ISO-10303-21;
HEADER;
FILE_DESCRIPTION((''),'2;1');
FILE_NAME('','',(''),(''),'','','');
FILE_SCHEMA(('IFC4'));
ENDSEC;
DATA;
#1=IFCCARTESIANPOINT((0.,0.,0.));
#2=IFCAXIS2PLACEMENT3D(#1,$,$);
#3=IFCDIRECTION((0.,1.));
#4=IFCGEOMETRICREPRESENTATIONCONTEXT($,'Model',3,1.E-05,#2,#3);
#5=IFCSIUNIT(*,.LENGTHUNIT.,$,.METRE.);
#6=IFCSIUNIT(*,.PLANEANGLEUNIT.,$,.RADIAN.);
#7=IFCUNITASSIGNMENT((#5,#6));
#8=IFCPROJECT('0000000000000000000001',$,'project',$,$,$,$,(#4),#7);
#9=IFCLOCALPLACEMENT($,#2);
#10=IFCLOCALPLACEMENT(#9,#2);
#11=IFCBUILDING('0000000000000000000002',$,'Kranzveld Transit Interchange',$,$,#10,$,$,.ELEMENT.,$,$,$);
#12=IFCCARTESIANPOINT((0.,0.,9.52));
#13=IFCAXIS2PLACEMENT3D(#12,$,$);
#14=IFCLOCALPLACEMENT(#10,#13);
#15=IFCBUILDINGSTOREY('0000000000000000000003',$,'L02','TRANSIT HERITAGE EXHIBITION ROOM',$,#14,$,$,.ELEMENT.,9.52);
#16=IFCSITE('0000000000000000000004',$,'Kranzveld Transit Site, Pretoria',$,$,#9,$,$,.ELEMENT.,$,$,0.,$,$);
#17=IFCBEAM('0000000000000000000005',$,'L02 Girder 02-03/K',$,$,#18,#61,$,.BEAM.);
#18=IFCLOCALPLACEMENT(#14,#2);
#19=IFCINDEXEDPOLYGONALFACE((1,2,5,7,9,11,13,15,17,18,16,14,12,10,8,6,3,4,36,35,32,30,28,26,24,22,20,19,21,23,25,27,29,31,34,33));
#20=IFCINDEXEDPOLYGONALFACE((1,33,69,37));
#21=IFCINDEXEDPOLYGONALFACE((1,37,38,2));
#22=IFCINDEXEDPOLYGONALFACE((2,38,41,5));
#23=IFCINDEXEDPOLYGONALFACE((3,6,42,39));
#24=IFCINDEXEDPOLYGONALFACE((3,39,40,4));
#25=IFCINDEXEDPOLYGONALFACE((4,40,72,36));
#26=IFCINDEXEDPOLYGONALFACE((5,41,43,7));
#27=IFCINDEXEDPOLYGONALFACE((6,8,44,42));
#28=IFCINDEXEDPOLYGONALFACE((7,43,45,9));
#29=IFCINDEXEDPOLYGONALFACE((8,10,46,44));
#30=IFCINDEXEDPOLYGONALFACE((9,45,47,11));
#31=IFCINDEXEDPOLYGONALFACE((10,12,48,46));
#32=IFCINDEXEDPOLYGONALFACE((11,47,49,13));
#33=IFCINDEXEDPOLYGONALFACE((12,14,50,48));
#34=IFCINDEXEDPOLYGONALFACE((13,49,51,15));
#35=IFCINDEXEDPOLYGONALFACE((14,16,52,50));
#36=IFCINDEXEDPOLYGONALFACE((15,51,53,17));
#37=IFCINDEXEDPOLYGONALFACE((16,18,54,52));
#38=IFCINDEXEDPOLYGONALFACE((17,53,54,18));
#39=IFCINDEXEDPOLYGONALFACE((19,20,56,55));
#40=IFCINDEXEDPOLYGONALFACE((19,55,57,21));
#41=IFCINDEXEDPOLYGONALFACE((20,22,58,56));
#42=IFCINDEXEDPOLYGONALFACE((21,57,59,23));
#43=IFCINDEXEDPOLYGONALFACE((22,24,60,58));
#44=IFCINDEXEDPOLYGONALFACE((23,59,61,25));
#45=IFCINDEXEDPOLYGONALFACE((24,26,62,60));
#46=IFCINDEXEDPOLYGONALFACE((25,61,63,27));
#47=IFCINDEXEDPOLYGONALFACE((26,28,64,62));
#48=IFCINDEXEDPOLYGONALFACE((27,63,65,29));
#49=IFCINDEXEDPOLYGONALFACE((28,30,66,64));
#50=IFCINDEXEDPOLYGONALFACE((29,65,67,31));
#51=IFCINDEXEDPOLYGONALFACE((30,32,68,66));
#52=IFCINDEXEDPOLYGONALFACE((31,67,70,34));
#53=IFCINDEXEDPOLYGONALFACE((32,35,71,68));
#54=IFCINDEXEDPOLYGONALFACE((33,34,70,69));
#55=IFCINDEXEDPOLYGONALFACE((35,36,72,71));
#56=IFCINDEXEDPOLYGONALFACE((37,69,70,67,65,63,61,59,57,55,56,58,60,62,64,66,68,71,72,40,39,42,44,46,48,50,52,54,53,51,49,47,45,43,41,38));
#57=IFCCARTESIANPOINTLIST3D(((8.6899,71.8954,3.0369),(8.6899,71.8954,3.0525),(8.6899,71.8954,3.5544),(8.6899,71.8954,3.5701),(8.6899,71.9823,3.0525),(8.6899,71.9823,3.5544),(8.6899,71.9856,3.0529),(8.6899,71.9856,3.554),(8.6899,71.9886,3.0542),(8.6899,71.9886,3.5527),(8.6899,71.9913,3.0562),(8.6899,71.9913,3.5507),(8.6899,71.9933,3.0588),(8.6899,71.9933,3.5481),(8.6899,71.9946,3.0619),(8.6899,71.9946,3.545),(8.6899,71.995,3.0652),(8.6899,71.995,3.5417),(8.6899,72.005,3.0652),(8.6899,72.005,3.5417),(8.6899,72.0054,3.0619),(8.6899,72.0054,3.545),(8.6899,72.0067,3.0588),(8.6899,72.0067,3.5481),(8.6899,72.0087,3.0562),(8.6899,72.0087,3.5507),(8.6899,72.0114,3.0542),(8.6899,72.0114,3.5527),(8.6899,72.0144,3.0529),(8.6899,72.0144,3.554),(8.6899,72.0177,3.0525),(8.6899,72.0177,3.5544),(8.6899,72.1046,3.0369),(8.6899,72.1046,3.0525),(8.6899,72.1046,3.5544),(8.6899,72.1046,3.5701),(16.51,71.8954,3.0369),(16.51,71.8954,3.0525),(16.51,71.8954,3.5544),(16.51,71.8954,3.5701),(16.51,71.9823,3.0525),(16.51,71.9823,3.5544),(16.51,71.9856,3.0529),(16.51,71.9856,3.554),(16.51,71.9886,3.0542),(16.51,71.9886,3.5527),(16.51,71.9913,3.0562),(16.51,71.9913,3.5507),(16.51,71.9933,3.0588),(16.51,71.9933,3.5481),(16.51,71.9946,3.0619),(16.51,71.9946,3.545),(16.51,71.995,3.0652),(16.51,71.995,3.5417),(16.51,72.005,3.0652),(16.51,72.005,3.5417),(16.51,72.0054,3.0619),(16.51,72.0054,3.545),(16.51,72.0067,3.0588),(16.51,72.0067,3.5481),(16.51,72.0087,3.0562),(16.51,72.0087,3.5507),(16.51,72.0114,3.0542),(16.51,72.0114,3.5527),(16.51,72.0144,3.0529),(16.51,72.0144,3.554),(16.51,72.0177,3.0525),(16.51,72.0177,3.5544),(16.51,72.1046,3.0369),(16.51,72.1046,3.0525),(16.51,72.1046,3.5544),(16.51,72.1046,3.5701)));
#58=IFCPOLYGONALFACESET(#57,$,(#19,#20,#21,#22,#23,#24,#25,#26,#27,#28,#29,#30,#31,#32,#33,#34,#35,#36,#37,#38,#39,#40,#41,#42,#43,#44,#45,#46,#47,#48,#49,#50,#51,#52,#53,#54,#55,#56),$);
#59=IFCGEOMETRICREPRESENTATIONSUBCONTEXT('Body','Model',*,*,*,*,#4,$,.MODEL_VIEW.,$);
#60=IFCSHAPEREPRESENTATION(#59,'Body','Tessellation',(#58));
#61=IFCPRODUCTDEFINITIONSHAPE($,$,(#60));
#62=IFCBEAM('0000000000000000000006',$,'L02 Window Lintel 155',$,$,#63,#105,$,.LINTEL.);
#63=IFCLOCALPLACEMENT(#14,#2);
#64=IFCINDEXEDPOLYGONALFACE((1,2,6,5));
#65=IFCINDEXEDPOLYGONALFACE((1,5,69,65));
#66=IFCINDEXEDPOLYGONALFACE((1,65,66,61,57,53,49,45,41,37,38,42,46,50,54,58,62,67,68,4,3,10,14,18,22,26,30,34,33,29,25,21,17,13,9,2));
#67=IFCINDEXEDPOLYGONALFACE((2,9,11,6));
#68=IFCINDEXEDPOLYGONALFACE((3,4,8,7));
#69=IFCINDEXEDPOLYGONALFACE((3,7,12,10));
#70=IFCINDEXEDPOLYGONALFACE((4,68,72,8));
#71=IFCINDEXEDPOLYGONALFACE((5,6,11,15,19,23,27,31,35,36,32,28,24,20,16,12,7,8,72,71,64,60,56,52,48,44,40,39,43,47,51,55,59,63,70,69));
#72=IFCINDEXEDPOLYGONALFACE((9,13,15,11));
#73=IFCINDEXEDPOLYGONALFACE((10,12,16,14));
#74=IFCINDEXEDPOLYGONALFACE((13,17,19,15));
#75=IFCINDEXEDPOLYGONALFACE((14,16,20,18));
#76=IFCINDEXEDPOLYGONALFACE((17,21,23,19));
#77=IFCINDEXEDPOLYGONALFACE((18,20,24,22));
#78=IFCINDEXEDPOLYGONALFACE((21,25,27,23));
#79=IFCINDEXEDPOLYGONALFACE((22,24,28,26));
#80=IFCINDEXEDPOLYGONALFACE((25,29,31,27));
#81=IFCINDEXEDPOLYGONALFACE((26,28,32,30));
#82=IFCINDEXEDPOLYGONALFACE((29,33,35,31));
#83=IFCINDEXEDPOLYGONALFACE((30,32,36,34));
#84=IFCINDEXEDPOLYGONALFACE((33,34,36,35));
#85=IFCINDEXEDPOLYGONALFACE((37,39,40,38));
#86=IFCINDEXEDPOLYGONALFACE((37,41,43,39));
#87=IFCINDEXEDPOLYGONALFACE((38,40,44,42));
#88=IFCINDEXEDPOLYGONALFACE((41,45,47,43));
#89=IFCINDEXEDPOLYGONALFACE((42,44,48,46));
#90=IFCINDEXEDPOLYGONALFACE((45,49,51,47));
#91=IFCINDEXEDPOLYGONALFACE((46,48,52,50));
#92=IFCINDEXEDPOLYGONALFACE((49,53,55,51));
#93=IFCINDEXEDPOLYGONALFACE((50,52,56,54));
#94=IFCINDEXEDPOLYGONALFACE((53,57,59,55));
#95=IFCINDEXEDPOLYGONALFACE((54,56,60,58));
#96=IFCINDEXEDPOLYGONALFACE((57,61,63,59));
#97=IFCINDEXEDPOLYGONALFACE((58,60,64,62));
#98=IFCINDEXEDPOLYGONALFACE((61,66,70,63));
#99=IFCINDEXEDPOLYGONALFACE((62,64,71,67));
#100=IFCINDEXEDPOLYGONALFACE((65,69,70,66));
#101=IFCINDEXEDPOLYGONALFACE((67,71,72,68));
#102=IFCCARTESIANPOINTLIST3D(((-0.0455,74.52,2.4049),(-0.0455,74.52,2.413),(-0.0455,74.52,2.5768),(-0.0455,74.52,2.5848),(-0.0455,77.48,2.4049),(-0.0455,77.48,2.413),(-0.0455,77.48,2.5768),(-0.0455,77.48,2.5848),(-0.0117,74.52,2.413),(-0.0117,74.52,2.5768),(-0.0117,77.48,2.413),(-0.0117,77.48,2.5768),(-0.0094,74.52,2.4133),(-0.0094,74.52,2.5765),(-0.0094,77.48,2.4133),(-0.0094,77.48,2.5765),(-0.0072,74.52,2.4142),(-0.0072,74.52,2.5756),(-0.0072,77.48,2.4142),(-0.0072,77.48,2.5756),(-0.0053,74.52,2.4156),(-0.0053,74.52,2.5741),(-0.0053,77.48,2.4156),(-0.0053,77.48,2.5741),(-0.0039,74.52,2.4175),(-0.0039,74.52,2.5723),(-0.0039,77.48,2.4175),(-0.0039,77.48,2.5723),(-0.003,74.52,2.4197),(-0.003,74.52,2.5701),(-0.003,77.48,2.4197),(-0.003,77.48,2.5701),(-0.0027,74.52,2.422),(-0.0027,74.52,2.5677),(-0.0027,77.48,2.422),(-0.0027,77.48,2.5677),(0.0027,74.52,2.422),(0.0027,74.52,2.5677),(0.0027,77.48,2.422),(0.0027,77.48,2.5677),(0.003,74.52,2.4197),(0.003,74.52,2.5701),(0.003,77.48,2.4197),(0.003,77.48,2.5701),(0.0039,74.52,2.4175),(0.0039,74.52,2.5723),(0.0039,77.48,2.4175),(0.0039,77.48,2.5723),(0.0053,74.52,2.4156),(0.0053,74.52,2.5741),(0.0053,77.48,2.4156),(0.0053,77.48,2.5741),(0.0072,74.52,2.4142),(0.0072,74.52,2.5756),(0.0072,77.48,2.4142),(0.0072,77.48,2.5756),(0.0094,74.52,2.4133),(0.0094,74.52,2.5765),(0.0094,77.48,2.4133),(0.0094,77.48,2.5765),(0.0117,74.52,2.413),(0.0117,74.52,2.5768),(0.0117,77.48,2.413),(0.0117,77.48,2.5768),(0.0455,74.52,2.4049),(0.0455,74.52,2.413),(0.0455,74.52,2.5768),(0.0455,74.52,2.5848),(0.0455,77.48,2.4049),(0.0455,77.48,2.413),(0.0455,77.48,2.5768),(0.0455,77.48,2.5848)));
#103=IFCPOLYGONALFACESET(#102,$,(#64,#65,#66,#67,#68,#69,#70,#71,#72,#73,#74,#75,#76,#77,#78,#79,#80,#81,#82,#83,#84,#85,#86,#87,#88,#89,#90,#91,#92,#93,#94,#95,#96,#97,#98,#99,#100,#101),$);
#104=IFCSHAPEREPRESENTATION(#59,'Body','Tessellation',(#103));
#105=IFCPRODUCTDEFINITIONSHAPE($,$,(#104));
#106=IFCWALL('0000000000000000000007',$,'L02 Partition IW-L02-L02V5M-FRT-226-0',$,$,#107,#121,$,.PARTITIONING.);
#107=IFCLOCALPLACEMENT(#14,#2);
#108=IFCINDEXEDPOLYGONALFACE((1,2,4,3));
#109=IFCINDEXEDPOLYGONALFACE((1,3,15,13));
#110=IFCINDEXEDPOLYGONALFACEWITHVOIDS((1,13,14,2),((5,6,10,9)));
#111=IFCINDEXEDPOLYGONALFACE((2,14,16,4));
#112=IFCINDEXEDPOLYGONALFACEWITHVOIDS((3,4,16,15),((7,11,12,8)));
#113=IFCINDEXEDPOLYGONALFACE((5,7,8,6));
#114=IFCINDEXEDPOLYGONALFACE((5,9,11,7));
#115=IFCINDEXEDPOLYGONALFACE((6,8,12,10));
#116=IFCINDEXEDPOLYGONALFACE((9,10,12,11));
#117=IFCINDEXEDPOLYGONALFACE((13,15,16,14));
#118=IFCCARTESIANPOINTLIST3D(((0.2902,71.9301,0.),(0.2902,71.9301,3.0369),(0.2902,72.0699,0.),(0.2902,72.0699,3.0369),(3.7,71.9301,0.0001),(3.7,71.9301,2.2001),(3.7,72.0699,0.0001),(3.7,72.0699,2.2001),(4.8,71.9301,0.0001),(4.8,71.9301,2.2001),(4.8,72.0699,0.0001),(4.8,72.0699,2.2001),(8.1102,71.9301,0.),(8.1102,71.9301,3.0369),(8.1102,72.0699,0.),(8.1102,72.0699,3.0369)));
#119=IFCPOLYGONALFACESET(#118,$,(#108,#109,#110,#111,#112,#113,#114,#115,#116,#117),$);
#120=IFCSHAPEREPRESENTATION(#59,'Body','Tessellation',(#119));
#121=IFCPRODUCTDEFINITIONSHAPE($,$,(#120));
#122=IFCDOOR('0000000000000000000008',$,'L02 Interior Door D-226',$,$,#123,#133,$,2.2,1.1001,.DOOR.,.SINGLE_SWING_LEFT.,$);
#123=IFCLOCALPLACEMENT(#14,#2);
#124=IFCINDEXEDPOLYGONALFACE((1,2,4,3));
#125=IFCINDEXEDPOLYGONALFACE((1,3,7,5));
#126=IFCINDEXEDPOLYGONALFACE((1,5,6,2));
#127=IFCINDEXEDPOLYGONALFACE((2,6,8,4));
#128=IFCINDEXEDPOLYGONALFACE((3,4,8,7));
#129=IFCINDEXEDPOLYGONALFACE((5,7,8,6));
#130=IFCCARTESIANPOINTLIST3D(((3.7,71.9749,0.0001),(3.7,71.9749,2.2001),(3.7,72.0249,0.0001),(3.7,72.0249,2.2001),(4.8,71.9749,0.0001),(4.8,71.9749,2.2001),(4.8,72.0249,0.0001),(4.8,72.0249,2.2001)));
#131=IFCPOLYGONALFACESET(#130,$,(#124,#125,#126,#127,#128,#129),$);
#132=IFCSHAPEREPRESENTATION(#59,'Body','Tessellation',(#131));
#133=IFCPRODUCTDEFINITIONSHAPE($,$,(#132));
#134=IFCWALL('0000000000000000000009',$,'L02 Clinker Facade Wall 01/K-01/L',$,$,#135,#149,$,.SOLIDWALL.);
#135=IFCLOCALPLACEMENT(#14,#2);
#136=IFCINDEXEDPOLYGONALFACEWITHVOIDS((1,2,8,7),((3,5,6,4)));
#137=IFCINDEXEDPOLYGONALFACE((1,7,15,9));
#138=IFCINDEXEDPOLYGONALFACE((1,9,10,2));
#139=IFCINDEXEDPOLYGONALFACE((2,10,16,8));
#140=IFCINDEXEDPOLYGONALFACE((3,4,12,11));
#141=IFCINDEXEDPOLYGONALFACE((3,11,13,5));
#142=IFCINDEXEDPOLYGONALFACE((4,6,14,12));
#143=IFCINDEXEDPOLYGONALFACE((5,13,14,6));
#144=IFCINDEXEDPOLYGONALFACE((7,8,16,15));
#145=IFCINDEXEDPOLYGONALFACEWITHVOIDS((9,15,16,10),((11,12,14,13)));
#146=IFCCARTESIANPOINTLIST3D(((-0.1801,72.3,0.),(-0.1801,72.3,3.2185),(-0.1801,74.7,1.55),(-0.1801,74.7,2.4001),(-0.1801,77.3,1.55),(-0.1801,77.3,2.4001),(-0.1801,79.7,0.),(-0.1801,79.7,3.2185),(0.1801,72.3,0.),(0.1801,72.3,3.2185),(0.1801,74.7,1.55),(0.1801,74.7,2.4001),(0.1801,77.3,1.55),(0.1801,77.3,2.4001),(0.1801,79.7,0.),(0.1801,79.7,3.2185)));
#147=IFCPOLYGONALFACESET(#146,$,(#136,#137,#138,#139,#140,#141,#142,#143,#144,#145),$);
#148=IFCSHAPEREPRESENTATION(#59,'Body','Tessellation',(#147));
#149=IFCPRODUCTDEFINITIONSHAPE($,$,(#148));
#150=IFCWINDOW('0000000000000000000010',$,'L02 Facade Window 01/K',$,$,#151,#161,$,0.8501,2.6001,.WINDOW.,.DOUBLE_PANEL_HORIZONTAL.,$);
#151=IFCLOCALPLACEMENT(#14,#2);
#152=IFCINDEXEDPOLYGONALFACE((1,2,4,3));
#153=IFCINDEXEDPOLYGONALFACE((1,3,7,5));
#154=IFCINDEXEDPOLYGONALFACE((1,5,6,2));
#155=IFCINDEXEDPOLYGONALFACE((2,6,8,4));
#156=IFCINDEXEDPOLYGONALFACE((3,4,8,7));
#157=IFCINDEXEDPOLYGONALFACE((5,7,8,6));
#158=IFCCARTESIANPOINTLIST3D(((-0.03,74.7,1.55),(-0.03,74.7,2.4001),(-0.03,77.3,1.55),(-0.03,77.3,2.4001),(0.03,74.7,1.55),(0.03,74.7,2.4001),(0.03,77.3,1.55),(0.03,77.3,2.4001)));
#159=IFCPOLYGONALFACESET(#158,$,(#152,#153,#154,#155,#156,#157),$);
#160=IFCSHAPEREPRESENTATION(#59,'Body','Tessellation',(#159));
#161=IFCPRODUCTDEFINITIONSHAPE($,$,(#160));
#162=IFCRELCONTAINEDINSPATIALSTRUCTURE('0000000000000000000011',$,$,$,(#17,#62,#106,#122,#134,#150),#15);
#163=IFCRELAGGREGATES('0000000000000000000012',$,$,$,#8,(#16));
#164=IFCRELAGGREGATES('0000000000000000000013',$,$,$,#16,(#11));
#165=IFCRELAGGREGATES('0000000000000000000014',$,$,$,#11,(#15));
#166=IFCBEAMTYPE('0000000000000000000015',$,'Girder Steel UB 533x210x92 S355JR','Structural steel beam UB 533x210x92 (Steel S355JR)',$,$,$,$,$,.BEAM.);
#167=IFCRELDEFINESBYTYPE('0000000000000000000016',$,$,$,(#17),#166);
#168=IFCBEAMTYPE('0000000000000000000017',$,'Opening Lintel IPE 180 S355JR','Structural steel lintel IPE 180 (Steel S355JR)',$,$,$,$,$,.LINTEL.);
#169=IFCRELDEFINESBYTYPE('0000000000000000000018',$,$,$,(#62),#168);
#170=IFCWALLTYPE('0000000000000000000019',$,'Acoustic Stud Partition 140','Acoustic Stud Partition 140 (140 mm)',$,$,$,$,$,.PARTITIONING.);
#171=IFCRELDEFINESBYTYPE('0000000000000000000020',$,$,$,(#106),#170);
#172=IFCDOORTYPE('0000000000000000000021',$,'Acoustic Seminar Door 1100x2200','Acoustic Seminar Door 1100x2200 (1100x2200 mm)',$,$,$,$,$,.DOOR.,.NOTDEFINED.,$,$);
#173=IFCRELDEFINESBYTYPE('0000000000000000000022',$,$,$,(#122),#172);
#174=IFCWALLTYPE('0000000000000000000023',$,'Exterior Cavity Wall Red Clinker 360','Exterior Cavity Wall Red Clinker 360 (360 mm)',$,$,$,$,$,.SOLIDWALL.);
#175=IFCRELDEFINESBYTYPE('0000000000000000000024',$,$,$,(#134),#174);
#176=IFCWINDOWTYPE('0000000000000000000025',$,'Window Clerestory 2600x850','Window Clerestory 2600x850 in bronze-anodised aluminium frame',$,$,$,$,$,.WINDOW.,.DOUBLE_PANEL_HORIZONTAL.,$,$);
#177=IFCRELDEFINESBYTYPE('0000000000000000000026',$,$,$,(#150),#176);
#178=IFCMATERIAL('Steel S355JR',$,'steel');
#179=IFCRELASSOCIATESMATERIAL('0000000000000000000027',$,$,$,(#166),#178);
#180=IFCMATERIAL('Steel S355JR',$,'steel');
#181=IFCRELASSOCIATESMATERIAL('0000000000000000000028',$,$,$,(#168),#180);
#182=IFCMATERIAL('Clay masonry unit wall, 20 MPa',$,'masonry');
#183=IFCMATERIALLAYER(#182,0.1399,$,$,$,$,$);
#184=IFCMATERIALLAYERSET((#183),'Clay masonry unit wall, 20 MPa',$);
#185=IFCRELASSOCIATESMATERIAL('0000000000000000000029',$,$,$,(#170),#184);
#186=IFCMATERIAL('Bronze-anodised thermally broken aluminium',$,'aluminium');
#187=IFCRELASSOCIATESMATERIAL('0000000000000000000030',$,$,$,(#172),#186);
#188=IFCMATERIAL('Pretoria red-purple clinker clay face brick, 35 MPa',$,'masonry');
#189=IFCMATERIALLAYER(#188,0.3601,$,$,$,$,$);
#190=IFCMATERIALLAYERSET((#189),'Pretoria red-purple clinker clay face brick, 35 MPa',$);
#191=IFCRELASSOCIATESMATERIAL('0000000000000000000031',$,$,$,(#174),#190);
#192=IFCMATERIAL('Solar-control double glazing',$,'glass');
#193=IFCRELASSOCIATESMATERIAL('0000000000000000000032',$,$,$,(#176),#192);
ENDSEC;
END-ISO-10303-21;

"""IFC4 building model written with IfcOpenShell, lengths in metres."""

from ifc_helpers import new_model, si_unit, direction, frame, frame_2d, origin, origin_2d, place, context, subcontext, project, spatial, rectangle, i_section, extrude, material, layer, layer_set, material_profile, profile_set, type_object, element, fill, save


model = new_model("IFC4")

# Units and contexts
model_context = context("Model", 3, precision=1e-05, world=origin(), true_north=direction((0.0, 1.0)))
body_context = subcontext(model_context, "Body", "Model", "MODEL_VIEW")
ifc_project = project(units=[si_unit("LENGTHUNIT", "METRE"), si_unit("PLANEANGLEUNIT", "RADIAN")], contexts=[model_context])

# Site, building, storey
site_placement = place(None, origin())
site = spatial("IfcSite", under=ifc_project, at=site_placement, Name="Kranzveld Transit Site, Pretoria", CompositionType="ELEMENT", RefElevation=0.0)
building_placement = place(site_placement, origin())
building = spatial("IfcBuilding", under=site, at=building_placement, Name="Kranzveld Transit Interchange", CompositionType="ELEMENT")
storey_placement = place(building_placement, frame((0.0, 0.0, 9.52)))
storey = spatial("IfcBuildingStorey", under=building, at=storey_placement, Name="L02", Description="TRANSIT HERITAGE EXHIBITION ROOM", CompositionType="ELEMENT", Elevation=9.52)

# Beams
ifc_material_1 = material(Name="Steel S355JR", Category="steel")
ifc_material_profile_1 = material_profile(ifc_material_1, i_section(OverallWidth=0.2092, OverallDepth=0.5332, WebThickness=0.01, FlangeThickness=0.0156, FilletRadius=0.0127, at=origin_2d()), Name="UB 533x210x92")
ifc_profile_set_1 = profile_set([ifc_material_profile_1], Name="Steel S355JR")
beam_type_1 = type_object("IfcBeamType", Name="Girder Steel UB 533x210x92 S355JR", Description="Structural steel beam UB 533x210x92 (Steel S355JR)", PredefinedType="BEAM", material=ifc_profile_set_1)
for number, where, z_axis, x_axis, name in (
    (1, (8.6899, 72.0, 3.3035), (1.0, 0.0, 0.0), (0.0, 1.0, 0.0), "L02 Girder 02-03/K"),
):
    element("IfcBeam", number, at=place(storey_placement, frame(where, z_axis=z_axis, x_axis=x_axis)), inside=storey, type_object=beam_type_1, Name=name, PredefinedType="BEAM", context=body_context, shape_type="SweptSolid", body=[
        extrude(i_section(OverallWidth=0.2092, OverallDepth=0.5332, WebThickness=0.01, FlangeThickness=0.0156, FilletRadius=0.0127, at=origin_2d()), origin(), (0.0, 0.0, 1.0), 7.8201),
    ])
ifc_material_2 = material(Name="Steel S355JR", Category="steel")
ifc_material_profile_2 = material_profile(ifc_material_2, i_section(OverallWidth=0.0911, OverallDepth=0.1799, WebThickness=0.0054, FlangeThickness=0.0081, FilletRadius=0.009, at=origin_2d()), Name="IPE 180")
ifc_profile_set_2 = profile_set([ifc_material_profile_2], Name="Steel S355JR")
beam_type_2 = type_object("IfcBeamType", Name="Opening Lintel IPE 180 S355JR", Description="Structural steel lintel IPE 180 (Steel S355JR)", PredefinedType="LINTEL", material=ifc_profile_set_2)
beam_1_placement = place(storey_placement, frame((0.0, 74.52, 2.4949), z_axis=(0.0, 1.0, 0.0), x_axis=(-1.0, 0.0, 0.0)))
element("IfcBeam", 2, at=beam_1_placement, inside=storey, type_object=beam_type_2, Name="L02 Window Lintel 155", PredefinedType="LINTEL", context=body_context, shape_type="SweptSolid", body=[
    extrude(i_section(OverallWidth=0.0911, OverallDepth=0.1799, WebThickness=0.0054, FlangeThickness=0.0081, FilletRadius=0.009, at=origin_2d()), origin(), (0.0, 0.0, 1.0), 2.96),
])

# Wall, opening, door
ifc_material_3 = material(Name="Clay masonry unit wall, 20 MPa", Category="masonry")
ifc_layer_1 = layer(ifc_material_3, 0.1399)
ifc_layer_set_1 = layer_set([ifc_layer_1], Name="Clay masonry unit wall, 20 MPa")
wall_type_1 = type_object("IfcWallType", Name="Acoustic Stud Partition 140", Description="Acoustic Stud Partition 140 (140 mm)", PredefinedType="PARTITIONING", material=ifc_layer_set_1)
wall_1_placement = place(storey_placement, frame((0.29, 72.0, 0.0), z_axis=(0.0, 0.0, 1.0), x_axis=(1.0, 0.0, 0.0)))
wall_1 = element("IfcWall", 3, at=wall_1_placement, inside=storey, type_object=wall_type_1, Name="L02 Partition IW-L02-L02V5M-FRT-226-0", PredefinedType="PARTITIONING", context=body_context, shape_type="SweptSolid", body=[
    extrude(rectangle(XDim=7.8201, YDim=0.1399, at=frame_2d((3.9102, 0.0))), origin(), (0.0, 0.0, 1.0), 3.0369),
])
opening_1_placement = place(wall_1_placement, frame((3.4099, 0.0, 0.0), z_axis=(0.0, 0.0, 1.0), x_axis=(1.0, 0.0, 0.0)))
opening_1 = element("IfcOpeningElement", 4, at=opening_1_placement, cuts=wall_1, PredefinedType="OPENING", context=body_context, shape_type="SweptSolid", body=[
    extrude(rectangle(XDim=1.1001, YDim=2.2, at=frame_2d((0.55, 1.1001))), frame((0.0, 0.0798, 0.0), z_axis=(0.0, -1.0, 0.0), x_axis=(1.0, 0.0, 0.0)), (0.0, 0.0, 1.0), 0.1599),
])
ifc_material_4 = material(Name="Bronze-anodised thermally broken aluminium", Category="aluminium")
door_type_1 = type_object("IfcDoorType", Name="Acoustic Seminar Door 1100x2200", Description="Acoustic Seminar Door 1100x2200 (1100x2200 mm)", OperationType="NOTDEFINED", PredefinedType="DOOR", material=ifc_material_4)
door_1_placement = place(opening_1_placement, origin())
door_1 = element("IfcDoor", 5, at=door_1_placement, inside=storey, type_object=door_type_1, Name="L02 Interior Door D-226", OperationType="SINGLE_SWING_LEFT", OverallHeight=2.2, OverallWidth=1.1001, PredefinedType="DOOR", context=body_context, shape_type="SweptSolid", body=[
    extrude(rectangle(XDim=1.1001, YDim=2.2, at=frame_2d((0.55, 1.1001))), frame((0.0, 0.0249, 0.0), z_axis=(0.0, -1.0, 0.0), x_axis=(1.0, 0.0, 0.0)), (0.0, 0.0, 1.0), 0.05),
])
fill(opening_1, door_1)

# Wall, opening, window
ifc_material_5 = material(Name="Pretoria red-purple clinker clay face brick, 35 MPa", Category="masonry")
ifc_layer_2 = layer(ifc_material_5, 0.3601)
ifc_layer_set_2 = layer_set([ifc_layer_2], Name="Pretoria red-purple clinker clay face brick, 35 MPa")
wall_type_2 = type_object("IfcWallType", Name="Exterior Cavity Wall Red Clinker 360", Description="Exterior Cavity Wall Red Clinker 360 (360 mm)", PredefinedType="SOLIDWALL", material=ifc_layer_set_2)
wall_2_placement = place(storey_placement, frame((0.0, 72.3, 0.0), z_axis=(0.0, 0.0, 1.0), x_axis=(0.0, 1.0, 0.0)))
wall_2 = element("IfcWall", 6, at=wall_2_placement, inside=storey, type_object=wall_type_2, Name="L02 Clinker Facade Wall 01/K-01/L", PredefinedType="SOLIDWALL", context=body_context, shape_type="SweptSolid", body=[
    extrude(rectangle(XDim=7.3999, YDim=0.3601, at=frame_2d((3.7, 0.0))), origin(), (0.0, 0.0, 1.0), 3.2185),
])
opening_2_placement = place(wall_2_placement, frame((2.3999, 0.0, 1.55), z_axis=(0.0, 0.0, 1.0), x_axis=(1.0, 0.0, 0.0)))
opening_2 = element("IfcOpeningElement", 7, at=opening_2_placement, cuts=wall_2, PredefinedType="OPENING", context=body_context, shape_type="SweptSolid", body=[
    extrude(rectangle(XDim=2.6001, YDim=0.8501, at=frame_2d((1.3, 0.425))), frame((0.0, 0.1899, 0.0), z_axis=(0.0, -1.0, 0.0), x_axis=(1.0, 0.0, 0.0)), (0.0, 0.0, 1.0), 0.3801),
])
ifc_material_6 = material(Name="Solar-control double glazing", Category="glass")
window_type = type_object("IfcWindowType", Name="Window Clerestory 2600x850", Description="Window Clerestory 2600x850 in bronze-anodised aluminium frame", PartitioningType="DOUBLE_PANEL_HORIZONTAL", PredefinedType="WINDOW", material=ifc_material_6)
window_placement = place(opening_2_placement, origin())
window = element("IfcWindow", 8, at=window_placement, inside=storey, type_object=window_type, Name="L02 Facade Window 01/K", OverallHeight=0.8501, OverallWidth=2.6001, PartitioningType="DOUBLE_PANEL_HORIZONTAL", PredefinedType="WINDOW", context=body_context, shape_type="SweptSolid", body=[
    extrude(rectangle(XDim=2.6001, YDim=0.8501, at=frame_2d((1.3, 0.425))), frame((0.0, 0.03, 0.0), z_axis=(0.0, -1.0, 0.0), x_axis=(1.0, 0.0, 0.0)), (0.0, 0.0, 1.0), 0.0601),
])
fill(opening_2, window)

save(model, "model.ifc")
